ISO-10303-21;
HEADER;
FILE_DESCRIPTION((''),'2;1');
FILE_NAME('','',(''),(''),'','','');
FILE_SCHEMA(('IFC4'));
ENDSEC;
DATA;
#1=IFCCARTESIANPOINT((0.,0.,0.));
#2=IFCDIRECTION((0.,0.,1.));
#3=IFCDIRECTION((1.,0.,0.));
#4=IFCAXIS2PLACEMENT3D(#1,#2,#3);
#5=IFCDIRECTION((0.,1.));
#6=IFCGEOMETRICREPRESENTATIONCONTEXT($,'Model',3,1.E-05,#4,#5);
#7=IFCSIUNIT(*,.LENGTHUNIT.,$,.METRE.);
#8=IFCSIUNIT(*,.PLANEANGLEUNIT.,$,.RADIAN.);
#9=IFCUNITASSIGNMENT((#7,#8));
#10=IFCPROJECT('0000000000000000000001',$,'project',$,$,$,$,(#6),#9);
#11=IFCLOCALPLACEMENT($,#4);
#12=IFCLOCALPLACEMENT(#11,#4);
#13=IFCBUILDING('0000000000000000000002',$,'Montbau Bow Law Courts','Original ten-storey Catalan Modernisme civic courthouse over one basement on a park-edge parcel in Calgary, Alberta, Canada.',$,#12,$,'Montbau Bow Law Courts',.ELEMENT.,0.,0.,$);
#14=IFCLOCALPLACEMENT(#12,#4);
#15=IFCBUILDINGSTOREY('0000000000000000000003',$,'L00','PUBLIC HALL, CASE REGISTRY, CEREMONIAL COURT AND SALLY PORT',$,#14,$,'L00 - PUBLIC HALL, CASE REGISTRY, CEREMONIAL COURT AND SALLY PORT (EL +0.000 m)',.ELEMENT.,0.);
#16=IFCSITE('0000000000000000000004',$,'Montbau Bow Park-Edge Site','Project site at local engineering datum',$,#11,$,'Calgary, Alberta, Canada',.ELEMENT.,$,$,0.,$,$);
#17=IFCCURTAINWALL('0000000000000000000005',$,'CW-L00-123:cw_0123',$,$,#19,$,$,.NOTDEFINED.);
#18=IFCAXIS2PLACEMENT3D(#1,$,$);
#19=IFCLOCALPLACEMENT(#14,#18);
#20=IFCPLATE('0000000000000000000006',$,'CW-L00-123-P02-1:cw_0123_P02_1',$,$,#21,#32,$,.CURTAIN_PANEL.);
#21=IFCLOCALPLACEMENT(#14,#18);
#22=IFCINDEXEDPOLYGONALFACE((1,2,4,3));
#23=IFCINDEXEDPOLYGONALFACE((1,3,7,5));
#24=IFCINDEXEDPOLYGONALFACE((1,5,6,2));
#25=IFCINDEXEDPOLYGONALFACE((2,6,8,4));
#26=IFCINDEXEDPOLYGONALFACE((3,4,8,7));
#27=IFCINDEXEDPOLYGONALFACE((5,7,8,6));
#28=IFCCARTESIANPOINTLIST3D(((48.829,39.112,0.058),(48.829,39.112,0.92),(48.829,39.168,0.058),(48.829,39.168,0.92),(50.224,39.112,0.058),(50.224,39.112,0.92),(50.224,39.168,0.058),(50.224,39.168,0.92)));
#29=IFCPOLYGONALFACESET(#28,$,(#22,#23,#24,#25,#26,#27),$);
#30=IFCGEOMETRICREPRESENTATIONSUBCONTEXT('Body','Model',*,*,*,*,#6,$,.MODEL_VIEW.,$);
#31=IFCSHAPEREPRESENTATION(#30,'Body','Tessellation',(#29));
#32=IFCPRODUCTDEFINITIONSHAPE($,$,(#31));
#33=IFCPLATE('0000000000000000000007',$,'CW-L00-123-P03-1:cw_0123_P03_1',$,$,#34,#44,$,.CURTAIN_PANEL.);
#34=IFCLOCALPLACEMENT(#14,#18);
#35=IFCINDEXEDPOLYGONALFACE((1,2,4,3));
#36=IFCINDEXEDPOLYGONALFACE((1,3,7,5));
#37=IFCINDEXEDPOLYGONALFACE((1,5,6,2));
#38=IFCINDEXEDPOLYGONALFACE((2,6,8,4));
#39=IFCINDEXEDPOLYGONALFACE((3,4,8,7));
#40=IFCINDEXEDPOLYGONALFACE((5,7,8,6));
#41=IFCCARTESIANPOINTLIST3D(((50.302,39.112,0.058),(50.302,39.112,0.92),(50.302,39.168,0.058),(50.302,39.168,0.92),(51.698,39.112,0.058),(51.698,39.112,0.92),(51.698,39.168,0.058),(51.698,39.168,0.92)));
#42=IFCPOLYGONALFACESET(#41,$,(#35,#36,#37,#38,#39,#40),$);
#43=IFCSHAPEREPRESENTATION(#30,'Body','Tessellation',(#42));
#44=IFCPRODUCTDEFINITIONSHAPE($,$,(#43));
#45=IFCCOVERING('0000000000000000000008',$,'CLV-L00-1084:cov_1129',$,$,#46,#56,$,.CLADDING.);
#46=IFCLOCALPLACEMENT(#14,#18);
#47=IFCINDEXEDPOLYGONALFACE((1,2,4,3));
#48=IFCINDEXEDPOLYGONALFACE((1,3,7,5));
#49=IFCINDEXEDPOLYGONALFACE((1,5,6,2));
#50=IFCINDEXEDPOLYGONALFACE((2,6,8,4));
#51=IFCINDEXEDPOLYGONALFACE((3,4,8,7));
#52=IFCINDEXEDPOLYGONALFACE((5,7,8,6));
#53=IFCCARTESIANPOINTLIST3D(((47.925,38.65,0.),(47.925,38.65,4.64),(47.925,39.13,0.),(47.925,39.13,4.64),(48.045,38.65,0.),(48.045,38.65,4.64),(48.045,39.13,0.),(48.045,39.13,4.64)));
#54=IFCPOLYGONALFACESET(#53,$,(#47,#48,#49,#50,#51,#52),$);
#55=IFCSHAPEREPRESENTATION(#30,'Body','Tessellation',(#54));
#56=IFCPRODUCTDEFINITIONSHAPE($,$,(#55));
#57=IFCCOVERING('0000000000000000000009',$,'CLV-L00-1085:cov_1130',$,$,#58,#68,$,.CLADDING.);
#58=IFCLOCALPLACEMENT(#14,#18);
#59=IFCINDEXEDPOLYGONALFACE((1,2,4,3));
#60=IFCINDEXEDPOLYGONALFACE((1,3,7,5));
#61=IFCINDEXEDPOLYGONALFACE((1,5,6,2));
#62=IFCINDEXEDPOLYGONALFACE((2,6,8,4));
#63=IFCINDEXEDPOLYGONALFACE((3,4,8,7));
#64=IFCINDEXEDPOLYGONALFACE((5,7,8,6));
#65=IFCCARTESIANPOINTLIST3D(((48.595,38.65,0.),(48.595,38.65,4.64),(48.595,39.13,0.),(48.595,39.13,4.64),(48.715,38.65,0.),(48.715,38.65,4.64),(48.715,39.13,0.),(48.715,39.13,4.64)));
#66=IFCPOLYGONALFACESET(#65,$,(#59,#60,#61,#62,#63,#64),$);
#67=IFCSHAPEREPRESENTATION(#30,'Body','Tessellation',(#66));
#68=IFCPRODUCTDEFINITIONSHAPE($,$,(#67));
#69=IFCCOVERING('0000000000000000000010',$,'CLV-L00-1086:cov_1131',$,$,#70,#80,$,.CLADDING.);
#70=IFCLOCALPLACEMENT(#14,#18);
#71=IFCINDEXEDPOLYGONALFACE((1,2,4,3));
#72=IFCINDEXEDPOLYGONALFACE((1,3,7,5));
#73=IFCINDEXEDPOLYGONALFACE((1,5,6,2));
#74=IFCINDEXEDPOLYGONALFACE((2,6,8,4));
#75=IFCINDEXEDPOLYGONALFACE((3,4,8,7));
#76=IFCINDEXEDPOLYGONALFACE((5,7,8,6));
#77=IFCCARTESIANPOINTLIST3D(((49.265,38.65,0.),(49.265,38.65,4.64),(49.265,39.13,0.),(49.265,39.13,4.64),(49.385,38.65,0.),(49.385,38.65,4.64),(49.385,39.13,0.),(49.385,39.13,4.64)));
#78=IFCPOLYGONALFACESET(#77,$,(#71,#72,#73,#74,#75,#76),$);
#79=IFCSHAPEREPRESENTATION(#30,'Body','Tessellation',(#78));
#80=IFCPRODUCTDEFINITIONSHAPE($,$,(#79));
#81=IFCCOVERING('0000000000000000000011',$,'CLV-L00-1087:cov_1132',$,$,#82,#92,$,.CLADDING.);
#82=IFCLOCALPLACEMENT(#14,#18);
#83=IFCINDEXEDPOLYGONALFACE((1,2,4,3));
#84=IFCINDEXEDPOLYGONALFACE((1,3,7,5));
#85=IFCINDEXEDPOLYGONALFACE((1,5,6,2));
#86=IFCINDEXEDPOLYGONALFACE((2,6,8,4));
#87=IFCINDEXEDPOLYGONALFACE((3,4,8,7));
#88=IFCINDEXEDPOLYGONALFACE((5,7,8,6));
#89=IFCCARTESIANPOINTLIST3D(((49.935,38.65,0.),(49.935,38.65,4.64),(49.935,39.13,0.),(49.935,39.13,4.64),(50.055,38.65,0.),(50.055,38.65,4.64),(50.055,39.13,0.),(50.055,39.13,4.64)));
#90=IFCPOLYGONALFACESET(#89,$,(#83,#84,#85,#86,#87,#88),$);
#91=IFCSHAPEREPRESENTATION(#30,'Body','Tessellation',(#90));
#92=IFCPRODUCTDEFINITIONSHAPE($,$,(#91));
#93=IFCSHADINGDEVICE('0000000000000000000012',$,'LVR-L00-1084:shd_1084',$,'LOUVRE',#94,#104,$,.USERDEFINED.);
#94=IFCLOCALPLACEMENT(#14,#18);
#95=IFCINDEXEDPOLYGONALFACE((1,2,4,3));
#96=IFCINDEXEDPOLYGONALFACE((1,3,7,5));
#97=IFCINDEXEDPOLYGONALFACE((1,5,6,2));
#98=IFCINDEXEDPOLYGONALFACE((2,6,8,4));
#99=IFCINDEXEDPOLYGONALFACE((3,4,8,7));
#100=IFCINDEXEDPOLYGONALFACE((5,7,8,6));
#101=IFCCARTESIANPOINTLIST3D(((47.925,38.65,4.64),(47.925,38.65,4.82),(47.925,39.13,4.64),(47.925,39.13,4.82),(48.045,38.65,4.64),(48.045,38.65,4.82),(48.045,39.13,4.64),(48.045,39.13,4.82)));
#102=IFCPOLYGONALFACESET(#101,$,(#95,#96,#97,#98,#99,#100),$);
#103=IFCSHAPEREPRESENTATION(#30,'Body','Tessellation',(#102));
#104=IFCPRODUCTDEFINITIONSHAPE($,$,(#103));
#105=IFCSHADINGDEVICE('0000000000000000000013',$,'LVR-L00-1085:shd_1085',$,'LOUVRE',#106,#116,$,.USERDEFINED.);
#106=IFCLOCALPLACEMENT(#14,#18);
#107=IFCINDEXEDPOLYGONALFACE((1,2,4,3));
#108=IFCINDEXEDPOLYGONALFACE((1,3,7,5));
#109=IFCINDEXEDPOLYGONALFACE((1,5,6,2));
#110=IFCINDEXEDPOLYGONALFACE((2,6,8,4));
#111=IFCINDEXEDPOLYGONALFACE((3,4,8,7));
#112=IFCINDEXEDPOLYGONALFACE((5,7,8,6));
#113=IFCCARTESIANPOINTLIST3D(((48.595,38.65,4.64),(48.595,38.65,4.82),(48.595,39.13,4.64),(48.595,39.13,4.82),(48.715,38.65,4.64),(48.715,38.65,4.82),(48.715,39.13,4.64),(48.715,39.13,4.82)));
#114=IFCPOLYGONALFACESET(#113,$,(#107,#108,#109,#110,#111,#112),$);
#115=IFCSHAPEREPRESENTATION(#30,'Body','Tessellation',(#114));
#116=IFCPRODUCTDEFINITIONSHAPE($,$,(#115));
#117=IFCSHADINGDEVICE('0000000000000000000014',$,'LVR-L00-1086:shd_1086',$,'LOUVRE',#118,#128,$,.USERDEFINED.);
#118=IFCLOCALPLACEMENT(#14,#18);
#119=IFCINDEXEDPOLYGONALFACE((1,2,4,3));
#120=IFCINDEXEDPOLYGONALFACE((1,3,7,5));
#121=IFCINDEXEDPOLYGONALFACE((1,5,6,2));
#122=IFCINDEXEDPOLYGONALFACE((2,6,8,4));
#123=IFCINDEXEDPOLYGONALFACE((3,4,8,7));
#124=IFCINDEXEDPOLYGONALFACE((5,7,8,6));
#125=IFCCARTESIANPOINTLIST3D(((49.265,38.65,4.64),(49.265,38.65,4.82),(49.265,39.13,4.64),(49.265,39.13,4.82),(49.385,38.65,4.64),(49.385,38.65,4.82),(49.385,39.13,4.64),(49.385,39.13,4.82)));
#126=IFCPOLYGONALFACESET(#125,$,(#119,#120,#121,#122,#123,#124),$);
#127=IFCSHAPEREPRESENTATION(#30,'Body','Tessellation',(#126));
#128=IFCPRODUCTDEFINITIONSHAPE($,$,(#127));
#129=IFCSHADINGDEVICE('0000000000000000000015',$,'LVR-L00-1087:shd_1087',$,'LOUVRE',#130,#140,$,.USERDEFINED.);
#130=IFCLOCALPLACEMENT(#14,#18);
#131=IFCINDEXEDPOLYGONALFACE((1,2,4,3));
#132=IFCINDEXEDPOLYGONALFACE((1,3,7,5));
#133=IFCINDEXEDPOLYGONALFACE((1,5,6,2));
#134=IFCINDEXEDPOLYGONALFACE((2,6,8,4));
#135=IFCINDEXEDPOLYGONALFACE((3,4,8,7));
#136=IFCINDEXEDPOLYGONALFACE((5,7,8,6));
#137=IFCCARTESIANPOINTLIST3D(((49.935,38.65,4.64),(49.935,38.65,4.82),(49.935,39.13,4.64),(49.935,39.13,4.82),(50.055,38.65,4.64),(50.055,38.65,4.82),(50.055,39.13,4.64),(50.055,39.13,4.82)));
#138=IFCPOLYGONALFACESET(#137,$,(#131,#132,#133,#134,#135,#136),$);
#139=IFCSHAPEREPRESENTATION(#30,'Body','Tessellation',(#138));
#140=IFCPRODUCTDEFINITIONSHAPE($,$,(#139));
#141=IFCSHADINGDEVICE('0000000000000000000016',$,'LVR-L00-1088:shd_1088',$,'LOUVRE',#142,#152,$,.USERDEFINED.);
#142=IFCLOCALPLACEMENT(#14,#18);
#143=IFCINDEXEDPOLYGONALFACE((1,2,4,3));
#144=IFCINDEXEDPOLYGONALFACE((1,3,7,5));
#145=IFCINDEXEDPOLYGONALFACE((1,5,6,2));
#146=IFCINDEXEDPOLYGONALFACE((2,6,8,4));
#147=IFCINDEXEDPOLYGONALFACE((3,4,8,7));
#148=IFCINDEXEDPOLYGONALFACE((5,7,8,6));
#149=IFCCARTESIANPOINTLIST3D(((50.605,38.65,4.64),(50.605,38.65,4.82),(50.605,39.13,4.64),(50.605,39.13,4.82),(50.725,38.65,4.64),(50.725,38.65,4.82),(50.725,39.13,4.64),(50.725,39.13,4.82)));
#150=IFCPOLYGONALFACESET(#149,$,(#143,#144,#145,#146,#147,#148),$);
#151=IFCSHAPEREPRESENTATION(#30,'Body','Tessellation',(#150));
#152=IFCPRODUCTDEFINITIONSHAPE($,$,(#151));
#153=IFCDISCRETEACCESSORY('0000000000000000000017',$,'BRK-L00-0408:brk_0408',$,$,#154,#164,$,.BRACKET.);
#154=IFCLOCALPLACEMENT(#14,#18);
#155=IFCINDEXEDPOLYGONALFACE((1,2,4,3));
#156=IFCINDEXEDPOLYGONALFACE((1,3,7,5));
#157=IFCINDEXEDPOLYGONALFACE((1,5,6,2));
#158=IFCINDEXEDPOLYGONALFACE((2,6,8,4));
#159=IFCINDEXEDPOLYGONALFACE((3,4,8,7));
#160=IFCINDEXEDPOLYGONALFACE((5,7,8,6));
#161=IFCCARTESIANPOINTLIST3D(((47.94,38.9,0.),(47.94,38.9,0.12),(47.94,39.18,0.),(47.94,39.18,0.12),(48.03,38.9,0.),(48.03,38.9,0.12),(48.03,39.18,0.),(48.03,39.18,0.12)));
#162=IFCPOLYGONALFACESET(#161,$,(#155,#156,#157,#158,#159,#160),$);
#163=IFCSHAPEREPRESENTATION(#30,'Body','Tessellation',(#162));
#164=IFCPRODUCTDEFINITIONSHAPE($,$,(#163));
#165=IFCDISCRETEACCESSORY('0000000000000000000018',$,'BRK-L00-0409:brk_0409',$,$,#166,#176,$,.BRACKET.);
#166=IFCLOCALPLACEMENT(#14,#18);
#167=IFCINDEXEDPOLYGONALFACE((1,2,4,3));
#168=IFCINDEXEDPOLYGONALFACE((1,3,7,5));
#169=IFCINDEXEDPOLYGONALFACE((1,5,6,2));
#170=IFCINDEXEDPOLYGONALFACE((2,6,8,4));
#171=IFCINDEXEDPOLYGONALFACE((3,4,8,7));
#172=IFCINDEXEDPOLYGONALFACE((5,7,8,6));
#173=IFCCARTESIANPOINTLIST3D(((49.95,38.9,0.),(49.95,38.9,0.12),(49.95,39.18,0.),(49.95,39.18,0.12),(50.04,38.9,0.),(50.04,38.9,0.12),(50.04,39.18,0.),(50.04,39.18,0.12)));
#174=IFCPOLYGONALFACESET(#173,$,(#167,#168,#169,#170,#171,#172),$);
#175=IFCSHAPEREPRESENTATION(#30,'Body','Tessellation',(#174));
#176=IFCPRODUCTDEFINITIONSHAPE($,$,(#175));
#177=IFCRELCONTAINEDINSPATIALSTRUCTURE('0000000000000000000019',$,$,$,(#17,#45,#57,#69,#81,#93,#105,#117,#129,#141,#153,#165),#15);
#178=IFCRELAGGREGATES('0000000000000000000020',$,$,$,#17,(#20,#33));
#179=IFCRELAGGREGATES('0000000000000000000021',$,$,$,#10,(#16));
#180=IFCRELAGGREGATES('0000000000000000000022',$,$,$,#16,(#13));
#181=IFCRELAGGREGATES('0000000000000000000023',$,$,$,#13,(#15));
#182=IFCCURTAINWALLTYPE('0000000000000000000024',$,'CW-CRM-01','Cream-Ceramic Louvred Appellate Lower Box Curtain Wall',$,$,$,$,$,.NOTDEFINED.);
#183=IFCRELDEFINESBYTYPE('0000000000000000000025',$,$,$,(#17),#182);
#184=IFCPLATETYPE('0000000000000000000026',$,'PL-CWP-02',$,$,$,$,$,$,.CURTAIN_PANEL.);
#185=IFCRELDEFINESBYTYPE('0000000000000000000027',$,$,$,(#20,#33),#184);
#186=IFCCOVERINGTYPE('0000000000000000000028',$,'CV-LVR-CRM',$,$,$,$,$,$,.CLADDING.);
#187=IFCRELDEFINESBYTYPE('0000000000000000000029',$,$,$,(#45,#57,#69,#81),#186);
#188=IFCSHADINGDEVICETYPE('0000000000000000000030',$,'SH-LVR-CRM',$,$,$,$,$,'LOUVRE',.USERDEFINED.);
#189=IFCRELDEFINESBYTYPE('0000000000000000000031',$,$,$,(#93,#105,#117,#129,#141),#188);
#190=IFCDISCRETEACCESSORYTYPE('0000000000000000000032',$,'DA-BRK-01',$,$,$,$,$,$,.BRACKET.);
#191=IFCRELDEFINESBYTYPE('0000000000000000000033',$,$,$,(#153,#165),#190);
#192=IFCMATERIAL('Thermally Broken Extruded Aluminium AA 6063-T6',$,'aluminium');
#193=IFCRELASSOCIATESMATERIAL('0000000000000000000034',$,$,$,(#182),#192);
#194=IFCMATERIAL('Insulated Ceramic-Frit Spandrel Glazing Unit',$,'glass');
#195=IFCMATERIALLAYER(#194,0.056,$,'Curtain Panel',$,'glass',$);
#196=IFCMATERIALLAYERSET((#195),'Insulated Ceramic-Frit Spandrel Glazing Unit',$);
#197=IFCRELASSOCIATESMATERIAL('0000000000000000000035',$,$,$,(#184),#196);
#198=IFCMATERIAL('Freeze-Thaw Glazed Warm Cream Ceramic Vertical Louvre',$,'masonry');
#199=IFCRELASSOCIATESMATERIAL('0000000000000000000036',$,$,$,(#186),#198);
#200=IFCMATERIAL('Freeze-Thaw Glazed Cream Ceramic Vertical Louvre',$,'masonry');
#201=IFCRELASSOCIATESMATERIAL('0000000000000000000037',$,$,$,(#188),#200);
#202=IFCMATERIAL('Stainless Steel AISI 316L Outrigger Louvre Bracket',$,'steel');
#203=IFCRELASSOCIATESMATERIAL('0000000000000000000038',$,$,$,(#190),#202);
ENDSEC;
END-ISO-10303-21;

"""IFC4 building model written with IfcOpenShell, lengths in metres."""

from ifc_helpers import new_model, si_unit, direction, frame, frame_2d, origin_with_axes, origin_2d_with_axis, place, context, subcontext, project, spatial, rectangle, extrude, material, layer, layer_set, type_object, element, aggregate, save


model = new_model("IFC4")

# Units and contexts
model_context = context("Model", 3, precision=1e-05, world=origin_with_axes(), true_north=direction((0.0, 1.0)))
body_context = subcontext(model_context, "Body", "Model", "MODEL_VIEW")
ifc_project = project(units=[si_unit("LENGTHUNIT", "METRE"), si_unit("PLANEANGLEUNIT", "RADIAN")], contexts=[model_context])

# Site, building, storey
site_placement = place(None, origin_with_axes())
site = spatial("IfcSite", under=ifc_project, at=site_placement, Name="Montbau Bow Park-Edge Site", Description="Project site at local engineering datum", LongName="Calgary, Alberta, Canada", CompositionType="ELEMENT", RefElevation=0.0)
building_placement = place(site_placement, origin_with_axes())
building = spatial("IfcBuilding", under=site, at=building_placement, Name="Montbau Bow Law Courts", Description="Original ten-storey Catalan Modernisme civic courthouse over one basement on a park-edge parcel in Calgary, Alberta, Canada.", LongName="Montbau Bow Law Courts", CompositionType="ELEMENT", ElevationOfRefHeight=0.0, ElevationOfTerrain=0.0)
storey_placement = place(building_placement, origin_with_axes())
storey = spatial("IfcBuildingStorey", under=building, at=storey_placement, Name="L00", Description="PUBLIC HALL, CASE REGISTRY, CEREMONIAL COURT AND SALLY PORT", LongName="L00 - PUBLIC HALL, CASE REGISTRY, CEREMONIAL COURT AND SALLY PORT (EL +0.000 m)", CompositionType="ELEMENT", Elevation=0.0)

# Curtain wall, plates
ifc_material_1 = material(Name="Thermally Broken Extruded Aluminium AA 6063-T6", Category="aluminium")
curtain_wall_type = type_object("IfcCurtainWallType", Name="CW-CRM-01", Description="Cream-Ceramic Louvred Appellate Lower Box Curtain Wall", PredefinedType="NOTDEFINED", material=ifc_material_1)
curtain_wall_placement = place(None, frame((47.315, 39.14, 0.0), z_axis=(0.0, 0.0, 1.0), x_axis=(1.0, 0.0, 0.0)))
curtain_wall = element("IfcCurtainWall", 1, at=curtain_wall_placement, inside=storey, type_object=curtain_wall_type, Name="CW-L00-123:cw_0123", PredefinedType="NOTDEFINED")
ifc_material_2 = material(Name="Insulated Ceramic-Frit Spandrel Glazing Unit", Category="glass")
ifc_layer_1 = layer(ifc_material_2, 0.056, Name="Curtain Panel", Category="glass")
ifc_layer_set_1 = layer_set([ifc_layer_1], Name="Insulated Ceramic-Frit Spandrel Glazing Unit")
plate_type_1 = type_object("IfcPlateType", Name="PL-CWP-02", PredefinedType="CURTAIN_PANEL", material=ifc_layer_set_1)
plate_1_placement = place(None, frame((48.829, 39.14, 0.058), z_axis=(0.0, -1.0, 0.0), x_axis=(1.0, 0.0, 0.0)))
plate_1 = element("IfcPlate", 2, at=plate_1_placement, type_object=plate_type_1, Name="CW-L00-123-P02-1:cw_0123_P02_1", PredefinedType="CURTAIN_PANEL", context=body_context, shape_type="SweptSolid", body=[
    extrude(rectangle(XDim=1.395, YDim=0.862, at=frame_2d((0.6975, 0.431), x_axis=(1.0, 0.0))), frame((0.0, 0.0, -0.028), z_axis=(0.0, 0.0, 1.0), x_axis=(1.0, 0.0, 0.0)), (0.0, 0.0, 1.0), 0.056),
])
plate_2_placement = place(None, frame((50.302, 39.14, 0.058), z_axis=(0.0, -1.0, 0.0), x_axis=(1.0, 0.0, 0.0)))
plate_2 = element("IfcPlate", 3, at=plate_2_placement, type_object=plate_type_1, Name="CW-L00-123-P03-1:cw_0123_P03_1", PredefinedType="CURTAIN_PANEL", context=body_context, shape_type="SweptSolid", body=[
    extrude(rectangle(XDim=1.396, YDim=0.862, at=frame_2d((0.698, 0.431), x_axis=(1.0, 0.0))), frame((0.0, 0.0, -0.028), z_axis=(0.0, 0.0, 1.0), x_axis=(1.0, 0.0, 0.0)), (0.0, 0.0, 1.0), 0.056),
])
aggregate(curtain_wall, [plate_1, plate_2])

# Coverings
ifc_material_3 = material(Name="Freeze-Thaw Glazed Warm Cream Ceramic Vertical Louvre", Category="masonry")
covering_type = type_object("IfcCoveringType", Name="CV-LVR-CRM", PredefinedType="CLADDING", material=ifc_material_3)
for number, where, z_axis, x_axis, name in (
    (4, (47.985, 39.13, 0.0), (-1.0, 0.0, 0.0), (0.0, -1.0, 0.0), "CLV-L00-1084:cov_1129"),
    (5, (48.655, 39.13, 0.0), (-1.0, 0.0, 0.0), (0.0, -1.0, 0.0), "CLV-L00-1085:cov_1130"),
    (6, (49.325, 39.13, 0.0), (-1.0, 0.0, 0.0), (0.0, -1.0, 0.0), "CLV-L00-1086:cov_1131"),
    (7, (49.995, 39.13, 0.0), (-1.0, 0.0, 0.0), (0.0, -1.0, 0.0), "CLV-L00-1087:cov_1132"),
):
    element("IfcCovering", number, at=place(None, frame(where, z_axis=z_axis, x_axis=x_axis)), inside=storey, type_object=covering_type, Name=name, PredefinedType="CLADDING", context=body_context, shape_type="SweptSolid", body=[
        extrude(rectangle(XDim=0.48, YDim=4.64, at=frame_2d((0.24, 2.32), x_axis=(1.0, 0.0))), frame((0.0, 0.0, -0.06), z_axis=(0.0, 0.0, 1.0), x_axis=(1.0, 0.0, 0.0)), (0.0, 0.0, 1.0), 0.12),
    ])

# Shading devices
ifc_material_4 = material(Name="Freeze-Thaw Glazed Cream Ceramic Vertical Louvre", Category="masonry")
shading_device_type = type_object("IfcShadingDeviceType", Name="SH-LVR-CRM", ElementType="LOUVRE", PredefinedType="USERDEFINED", material=ifc_material_4)
for number, where, z_axis, x_axis, name in (
    (8, (47.985, 38.89, 4.64), (0.0, 0.0, 1.0), (0.0, -1.0, 0.0), "LVR-L00-1084:shd_1084"),
    (9, (48.655, 38.89, 4.64), (0.0, 0.0, 1.0), (0.0, -1.0, 0.0), "LVR-L00-1085:shd_1085"),
    (10, (49.325, 38.89, 4.64), (0.0, 0.0, 1.0), (0.0, -1.0, 0.0), "LVR-L00-1086:shd_1086"),
    (11, (49.995, 38.89, 4.64), (0.0, 0.0, 1.0), (0.0, -1.0, 0.0), "LVR-L00-1087:shd_1087"),
    (12, (50.665, 38.89, 4.64), (0.0, 0.0, 1.0), (0.0, -1.0, 0.0), "LVR-L00-1088:shd_1088"),
):
    element("IfcShadingDevice", number, at=place(None, frame(where, z_axis=z_axis, x_axis=x_axis)), inside=storey, type_object=shading_device_type, Name=name, ObjectType="LOUVRE", PredefinedType="USERDEFINED", context=body_context, shape_type="SweptSolid", body=[
        extrude(rectangle(XDim=0.48, YDim=0.12, at=origin_2d_with_axis()), origin_with_axes(), (0.0, 0.0, 1.0), 0.18),
    ])

# Discrete accessories
ifc_material_5 = material(Name="Stainless Steel AISI 316L Outrigger Louvre Bracket", Category="steel")
discrete_accessory_type = type_object("IfcDiscreteAccessoryType", Name="DA-BRK-01", PredefinedType="BRACKET", material=ifc_material_5)
for number, where, z_axis, x_axis, name in (
    (13, (47.985, 39.04, 0.0), (0.0, 0.0, 1.0), (0.0, -1.0, 0.0), "BRK-L00-0408:brk_0408"),
    (14, (49.995, 39.04, 0.0), (0.0, 0.0, 1.0), (0.0, -1.0, 0.0), "BRK-L00-0409:brk_0409"),
):
    element("IfcDiscreteAccessory", number, at=place(None, frame(where, z_axis=z_axis, x_axis=x_axis)), inside=storey, type_object=discrete_accessory_type, Name=name, PredefinedType="BRACKET", context=body_context, shape_type="SweptSolid", body=[
        extrude(rectangle(XDim=0.28, YDim=0.09, at=origin_2d_with_axis()), origin_with_axes(), (0.0, 0.0, 1.0), 0.12),
    ])

save(model, "model.ifc")
